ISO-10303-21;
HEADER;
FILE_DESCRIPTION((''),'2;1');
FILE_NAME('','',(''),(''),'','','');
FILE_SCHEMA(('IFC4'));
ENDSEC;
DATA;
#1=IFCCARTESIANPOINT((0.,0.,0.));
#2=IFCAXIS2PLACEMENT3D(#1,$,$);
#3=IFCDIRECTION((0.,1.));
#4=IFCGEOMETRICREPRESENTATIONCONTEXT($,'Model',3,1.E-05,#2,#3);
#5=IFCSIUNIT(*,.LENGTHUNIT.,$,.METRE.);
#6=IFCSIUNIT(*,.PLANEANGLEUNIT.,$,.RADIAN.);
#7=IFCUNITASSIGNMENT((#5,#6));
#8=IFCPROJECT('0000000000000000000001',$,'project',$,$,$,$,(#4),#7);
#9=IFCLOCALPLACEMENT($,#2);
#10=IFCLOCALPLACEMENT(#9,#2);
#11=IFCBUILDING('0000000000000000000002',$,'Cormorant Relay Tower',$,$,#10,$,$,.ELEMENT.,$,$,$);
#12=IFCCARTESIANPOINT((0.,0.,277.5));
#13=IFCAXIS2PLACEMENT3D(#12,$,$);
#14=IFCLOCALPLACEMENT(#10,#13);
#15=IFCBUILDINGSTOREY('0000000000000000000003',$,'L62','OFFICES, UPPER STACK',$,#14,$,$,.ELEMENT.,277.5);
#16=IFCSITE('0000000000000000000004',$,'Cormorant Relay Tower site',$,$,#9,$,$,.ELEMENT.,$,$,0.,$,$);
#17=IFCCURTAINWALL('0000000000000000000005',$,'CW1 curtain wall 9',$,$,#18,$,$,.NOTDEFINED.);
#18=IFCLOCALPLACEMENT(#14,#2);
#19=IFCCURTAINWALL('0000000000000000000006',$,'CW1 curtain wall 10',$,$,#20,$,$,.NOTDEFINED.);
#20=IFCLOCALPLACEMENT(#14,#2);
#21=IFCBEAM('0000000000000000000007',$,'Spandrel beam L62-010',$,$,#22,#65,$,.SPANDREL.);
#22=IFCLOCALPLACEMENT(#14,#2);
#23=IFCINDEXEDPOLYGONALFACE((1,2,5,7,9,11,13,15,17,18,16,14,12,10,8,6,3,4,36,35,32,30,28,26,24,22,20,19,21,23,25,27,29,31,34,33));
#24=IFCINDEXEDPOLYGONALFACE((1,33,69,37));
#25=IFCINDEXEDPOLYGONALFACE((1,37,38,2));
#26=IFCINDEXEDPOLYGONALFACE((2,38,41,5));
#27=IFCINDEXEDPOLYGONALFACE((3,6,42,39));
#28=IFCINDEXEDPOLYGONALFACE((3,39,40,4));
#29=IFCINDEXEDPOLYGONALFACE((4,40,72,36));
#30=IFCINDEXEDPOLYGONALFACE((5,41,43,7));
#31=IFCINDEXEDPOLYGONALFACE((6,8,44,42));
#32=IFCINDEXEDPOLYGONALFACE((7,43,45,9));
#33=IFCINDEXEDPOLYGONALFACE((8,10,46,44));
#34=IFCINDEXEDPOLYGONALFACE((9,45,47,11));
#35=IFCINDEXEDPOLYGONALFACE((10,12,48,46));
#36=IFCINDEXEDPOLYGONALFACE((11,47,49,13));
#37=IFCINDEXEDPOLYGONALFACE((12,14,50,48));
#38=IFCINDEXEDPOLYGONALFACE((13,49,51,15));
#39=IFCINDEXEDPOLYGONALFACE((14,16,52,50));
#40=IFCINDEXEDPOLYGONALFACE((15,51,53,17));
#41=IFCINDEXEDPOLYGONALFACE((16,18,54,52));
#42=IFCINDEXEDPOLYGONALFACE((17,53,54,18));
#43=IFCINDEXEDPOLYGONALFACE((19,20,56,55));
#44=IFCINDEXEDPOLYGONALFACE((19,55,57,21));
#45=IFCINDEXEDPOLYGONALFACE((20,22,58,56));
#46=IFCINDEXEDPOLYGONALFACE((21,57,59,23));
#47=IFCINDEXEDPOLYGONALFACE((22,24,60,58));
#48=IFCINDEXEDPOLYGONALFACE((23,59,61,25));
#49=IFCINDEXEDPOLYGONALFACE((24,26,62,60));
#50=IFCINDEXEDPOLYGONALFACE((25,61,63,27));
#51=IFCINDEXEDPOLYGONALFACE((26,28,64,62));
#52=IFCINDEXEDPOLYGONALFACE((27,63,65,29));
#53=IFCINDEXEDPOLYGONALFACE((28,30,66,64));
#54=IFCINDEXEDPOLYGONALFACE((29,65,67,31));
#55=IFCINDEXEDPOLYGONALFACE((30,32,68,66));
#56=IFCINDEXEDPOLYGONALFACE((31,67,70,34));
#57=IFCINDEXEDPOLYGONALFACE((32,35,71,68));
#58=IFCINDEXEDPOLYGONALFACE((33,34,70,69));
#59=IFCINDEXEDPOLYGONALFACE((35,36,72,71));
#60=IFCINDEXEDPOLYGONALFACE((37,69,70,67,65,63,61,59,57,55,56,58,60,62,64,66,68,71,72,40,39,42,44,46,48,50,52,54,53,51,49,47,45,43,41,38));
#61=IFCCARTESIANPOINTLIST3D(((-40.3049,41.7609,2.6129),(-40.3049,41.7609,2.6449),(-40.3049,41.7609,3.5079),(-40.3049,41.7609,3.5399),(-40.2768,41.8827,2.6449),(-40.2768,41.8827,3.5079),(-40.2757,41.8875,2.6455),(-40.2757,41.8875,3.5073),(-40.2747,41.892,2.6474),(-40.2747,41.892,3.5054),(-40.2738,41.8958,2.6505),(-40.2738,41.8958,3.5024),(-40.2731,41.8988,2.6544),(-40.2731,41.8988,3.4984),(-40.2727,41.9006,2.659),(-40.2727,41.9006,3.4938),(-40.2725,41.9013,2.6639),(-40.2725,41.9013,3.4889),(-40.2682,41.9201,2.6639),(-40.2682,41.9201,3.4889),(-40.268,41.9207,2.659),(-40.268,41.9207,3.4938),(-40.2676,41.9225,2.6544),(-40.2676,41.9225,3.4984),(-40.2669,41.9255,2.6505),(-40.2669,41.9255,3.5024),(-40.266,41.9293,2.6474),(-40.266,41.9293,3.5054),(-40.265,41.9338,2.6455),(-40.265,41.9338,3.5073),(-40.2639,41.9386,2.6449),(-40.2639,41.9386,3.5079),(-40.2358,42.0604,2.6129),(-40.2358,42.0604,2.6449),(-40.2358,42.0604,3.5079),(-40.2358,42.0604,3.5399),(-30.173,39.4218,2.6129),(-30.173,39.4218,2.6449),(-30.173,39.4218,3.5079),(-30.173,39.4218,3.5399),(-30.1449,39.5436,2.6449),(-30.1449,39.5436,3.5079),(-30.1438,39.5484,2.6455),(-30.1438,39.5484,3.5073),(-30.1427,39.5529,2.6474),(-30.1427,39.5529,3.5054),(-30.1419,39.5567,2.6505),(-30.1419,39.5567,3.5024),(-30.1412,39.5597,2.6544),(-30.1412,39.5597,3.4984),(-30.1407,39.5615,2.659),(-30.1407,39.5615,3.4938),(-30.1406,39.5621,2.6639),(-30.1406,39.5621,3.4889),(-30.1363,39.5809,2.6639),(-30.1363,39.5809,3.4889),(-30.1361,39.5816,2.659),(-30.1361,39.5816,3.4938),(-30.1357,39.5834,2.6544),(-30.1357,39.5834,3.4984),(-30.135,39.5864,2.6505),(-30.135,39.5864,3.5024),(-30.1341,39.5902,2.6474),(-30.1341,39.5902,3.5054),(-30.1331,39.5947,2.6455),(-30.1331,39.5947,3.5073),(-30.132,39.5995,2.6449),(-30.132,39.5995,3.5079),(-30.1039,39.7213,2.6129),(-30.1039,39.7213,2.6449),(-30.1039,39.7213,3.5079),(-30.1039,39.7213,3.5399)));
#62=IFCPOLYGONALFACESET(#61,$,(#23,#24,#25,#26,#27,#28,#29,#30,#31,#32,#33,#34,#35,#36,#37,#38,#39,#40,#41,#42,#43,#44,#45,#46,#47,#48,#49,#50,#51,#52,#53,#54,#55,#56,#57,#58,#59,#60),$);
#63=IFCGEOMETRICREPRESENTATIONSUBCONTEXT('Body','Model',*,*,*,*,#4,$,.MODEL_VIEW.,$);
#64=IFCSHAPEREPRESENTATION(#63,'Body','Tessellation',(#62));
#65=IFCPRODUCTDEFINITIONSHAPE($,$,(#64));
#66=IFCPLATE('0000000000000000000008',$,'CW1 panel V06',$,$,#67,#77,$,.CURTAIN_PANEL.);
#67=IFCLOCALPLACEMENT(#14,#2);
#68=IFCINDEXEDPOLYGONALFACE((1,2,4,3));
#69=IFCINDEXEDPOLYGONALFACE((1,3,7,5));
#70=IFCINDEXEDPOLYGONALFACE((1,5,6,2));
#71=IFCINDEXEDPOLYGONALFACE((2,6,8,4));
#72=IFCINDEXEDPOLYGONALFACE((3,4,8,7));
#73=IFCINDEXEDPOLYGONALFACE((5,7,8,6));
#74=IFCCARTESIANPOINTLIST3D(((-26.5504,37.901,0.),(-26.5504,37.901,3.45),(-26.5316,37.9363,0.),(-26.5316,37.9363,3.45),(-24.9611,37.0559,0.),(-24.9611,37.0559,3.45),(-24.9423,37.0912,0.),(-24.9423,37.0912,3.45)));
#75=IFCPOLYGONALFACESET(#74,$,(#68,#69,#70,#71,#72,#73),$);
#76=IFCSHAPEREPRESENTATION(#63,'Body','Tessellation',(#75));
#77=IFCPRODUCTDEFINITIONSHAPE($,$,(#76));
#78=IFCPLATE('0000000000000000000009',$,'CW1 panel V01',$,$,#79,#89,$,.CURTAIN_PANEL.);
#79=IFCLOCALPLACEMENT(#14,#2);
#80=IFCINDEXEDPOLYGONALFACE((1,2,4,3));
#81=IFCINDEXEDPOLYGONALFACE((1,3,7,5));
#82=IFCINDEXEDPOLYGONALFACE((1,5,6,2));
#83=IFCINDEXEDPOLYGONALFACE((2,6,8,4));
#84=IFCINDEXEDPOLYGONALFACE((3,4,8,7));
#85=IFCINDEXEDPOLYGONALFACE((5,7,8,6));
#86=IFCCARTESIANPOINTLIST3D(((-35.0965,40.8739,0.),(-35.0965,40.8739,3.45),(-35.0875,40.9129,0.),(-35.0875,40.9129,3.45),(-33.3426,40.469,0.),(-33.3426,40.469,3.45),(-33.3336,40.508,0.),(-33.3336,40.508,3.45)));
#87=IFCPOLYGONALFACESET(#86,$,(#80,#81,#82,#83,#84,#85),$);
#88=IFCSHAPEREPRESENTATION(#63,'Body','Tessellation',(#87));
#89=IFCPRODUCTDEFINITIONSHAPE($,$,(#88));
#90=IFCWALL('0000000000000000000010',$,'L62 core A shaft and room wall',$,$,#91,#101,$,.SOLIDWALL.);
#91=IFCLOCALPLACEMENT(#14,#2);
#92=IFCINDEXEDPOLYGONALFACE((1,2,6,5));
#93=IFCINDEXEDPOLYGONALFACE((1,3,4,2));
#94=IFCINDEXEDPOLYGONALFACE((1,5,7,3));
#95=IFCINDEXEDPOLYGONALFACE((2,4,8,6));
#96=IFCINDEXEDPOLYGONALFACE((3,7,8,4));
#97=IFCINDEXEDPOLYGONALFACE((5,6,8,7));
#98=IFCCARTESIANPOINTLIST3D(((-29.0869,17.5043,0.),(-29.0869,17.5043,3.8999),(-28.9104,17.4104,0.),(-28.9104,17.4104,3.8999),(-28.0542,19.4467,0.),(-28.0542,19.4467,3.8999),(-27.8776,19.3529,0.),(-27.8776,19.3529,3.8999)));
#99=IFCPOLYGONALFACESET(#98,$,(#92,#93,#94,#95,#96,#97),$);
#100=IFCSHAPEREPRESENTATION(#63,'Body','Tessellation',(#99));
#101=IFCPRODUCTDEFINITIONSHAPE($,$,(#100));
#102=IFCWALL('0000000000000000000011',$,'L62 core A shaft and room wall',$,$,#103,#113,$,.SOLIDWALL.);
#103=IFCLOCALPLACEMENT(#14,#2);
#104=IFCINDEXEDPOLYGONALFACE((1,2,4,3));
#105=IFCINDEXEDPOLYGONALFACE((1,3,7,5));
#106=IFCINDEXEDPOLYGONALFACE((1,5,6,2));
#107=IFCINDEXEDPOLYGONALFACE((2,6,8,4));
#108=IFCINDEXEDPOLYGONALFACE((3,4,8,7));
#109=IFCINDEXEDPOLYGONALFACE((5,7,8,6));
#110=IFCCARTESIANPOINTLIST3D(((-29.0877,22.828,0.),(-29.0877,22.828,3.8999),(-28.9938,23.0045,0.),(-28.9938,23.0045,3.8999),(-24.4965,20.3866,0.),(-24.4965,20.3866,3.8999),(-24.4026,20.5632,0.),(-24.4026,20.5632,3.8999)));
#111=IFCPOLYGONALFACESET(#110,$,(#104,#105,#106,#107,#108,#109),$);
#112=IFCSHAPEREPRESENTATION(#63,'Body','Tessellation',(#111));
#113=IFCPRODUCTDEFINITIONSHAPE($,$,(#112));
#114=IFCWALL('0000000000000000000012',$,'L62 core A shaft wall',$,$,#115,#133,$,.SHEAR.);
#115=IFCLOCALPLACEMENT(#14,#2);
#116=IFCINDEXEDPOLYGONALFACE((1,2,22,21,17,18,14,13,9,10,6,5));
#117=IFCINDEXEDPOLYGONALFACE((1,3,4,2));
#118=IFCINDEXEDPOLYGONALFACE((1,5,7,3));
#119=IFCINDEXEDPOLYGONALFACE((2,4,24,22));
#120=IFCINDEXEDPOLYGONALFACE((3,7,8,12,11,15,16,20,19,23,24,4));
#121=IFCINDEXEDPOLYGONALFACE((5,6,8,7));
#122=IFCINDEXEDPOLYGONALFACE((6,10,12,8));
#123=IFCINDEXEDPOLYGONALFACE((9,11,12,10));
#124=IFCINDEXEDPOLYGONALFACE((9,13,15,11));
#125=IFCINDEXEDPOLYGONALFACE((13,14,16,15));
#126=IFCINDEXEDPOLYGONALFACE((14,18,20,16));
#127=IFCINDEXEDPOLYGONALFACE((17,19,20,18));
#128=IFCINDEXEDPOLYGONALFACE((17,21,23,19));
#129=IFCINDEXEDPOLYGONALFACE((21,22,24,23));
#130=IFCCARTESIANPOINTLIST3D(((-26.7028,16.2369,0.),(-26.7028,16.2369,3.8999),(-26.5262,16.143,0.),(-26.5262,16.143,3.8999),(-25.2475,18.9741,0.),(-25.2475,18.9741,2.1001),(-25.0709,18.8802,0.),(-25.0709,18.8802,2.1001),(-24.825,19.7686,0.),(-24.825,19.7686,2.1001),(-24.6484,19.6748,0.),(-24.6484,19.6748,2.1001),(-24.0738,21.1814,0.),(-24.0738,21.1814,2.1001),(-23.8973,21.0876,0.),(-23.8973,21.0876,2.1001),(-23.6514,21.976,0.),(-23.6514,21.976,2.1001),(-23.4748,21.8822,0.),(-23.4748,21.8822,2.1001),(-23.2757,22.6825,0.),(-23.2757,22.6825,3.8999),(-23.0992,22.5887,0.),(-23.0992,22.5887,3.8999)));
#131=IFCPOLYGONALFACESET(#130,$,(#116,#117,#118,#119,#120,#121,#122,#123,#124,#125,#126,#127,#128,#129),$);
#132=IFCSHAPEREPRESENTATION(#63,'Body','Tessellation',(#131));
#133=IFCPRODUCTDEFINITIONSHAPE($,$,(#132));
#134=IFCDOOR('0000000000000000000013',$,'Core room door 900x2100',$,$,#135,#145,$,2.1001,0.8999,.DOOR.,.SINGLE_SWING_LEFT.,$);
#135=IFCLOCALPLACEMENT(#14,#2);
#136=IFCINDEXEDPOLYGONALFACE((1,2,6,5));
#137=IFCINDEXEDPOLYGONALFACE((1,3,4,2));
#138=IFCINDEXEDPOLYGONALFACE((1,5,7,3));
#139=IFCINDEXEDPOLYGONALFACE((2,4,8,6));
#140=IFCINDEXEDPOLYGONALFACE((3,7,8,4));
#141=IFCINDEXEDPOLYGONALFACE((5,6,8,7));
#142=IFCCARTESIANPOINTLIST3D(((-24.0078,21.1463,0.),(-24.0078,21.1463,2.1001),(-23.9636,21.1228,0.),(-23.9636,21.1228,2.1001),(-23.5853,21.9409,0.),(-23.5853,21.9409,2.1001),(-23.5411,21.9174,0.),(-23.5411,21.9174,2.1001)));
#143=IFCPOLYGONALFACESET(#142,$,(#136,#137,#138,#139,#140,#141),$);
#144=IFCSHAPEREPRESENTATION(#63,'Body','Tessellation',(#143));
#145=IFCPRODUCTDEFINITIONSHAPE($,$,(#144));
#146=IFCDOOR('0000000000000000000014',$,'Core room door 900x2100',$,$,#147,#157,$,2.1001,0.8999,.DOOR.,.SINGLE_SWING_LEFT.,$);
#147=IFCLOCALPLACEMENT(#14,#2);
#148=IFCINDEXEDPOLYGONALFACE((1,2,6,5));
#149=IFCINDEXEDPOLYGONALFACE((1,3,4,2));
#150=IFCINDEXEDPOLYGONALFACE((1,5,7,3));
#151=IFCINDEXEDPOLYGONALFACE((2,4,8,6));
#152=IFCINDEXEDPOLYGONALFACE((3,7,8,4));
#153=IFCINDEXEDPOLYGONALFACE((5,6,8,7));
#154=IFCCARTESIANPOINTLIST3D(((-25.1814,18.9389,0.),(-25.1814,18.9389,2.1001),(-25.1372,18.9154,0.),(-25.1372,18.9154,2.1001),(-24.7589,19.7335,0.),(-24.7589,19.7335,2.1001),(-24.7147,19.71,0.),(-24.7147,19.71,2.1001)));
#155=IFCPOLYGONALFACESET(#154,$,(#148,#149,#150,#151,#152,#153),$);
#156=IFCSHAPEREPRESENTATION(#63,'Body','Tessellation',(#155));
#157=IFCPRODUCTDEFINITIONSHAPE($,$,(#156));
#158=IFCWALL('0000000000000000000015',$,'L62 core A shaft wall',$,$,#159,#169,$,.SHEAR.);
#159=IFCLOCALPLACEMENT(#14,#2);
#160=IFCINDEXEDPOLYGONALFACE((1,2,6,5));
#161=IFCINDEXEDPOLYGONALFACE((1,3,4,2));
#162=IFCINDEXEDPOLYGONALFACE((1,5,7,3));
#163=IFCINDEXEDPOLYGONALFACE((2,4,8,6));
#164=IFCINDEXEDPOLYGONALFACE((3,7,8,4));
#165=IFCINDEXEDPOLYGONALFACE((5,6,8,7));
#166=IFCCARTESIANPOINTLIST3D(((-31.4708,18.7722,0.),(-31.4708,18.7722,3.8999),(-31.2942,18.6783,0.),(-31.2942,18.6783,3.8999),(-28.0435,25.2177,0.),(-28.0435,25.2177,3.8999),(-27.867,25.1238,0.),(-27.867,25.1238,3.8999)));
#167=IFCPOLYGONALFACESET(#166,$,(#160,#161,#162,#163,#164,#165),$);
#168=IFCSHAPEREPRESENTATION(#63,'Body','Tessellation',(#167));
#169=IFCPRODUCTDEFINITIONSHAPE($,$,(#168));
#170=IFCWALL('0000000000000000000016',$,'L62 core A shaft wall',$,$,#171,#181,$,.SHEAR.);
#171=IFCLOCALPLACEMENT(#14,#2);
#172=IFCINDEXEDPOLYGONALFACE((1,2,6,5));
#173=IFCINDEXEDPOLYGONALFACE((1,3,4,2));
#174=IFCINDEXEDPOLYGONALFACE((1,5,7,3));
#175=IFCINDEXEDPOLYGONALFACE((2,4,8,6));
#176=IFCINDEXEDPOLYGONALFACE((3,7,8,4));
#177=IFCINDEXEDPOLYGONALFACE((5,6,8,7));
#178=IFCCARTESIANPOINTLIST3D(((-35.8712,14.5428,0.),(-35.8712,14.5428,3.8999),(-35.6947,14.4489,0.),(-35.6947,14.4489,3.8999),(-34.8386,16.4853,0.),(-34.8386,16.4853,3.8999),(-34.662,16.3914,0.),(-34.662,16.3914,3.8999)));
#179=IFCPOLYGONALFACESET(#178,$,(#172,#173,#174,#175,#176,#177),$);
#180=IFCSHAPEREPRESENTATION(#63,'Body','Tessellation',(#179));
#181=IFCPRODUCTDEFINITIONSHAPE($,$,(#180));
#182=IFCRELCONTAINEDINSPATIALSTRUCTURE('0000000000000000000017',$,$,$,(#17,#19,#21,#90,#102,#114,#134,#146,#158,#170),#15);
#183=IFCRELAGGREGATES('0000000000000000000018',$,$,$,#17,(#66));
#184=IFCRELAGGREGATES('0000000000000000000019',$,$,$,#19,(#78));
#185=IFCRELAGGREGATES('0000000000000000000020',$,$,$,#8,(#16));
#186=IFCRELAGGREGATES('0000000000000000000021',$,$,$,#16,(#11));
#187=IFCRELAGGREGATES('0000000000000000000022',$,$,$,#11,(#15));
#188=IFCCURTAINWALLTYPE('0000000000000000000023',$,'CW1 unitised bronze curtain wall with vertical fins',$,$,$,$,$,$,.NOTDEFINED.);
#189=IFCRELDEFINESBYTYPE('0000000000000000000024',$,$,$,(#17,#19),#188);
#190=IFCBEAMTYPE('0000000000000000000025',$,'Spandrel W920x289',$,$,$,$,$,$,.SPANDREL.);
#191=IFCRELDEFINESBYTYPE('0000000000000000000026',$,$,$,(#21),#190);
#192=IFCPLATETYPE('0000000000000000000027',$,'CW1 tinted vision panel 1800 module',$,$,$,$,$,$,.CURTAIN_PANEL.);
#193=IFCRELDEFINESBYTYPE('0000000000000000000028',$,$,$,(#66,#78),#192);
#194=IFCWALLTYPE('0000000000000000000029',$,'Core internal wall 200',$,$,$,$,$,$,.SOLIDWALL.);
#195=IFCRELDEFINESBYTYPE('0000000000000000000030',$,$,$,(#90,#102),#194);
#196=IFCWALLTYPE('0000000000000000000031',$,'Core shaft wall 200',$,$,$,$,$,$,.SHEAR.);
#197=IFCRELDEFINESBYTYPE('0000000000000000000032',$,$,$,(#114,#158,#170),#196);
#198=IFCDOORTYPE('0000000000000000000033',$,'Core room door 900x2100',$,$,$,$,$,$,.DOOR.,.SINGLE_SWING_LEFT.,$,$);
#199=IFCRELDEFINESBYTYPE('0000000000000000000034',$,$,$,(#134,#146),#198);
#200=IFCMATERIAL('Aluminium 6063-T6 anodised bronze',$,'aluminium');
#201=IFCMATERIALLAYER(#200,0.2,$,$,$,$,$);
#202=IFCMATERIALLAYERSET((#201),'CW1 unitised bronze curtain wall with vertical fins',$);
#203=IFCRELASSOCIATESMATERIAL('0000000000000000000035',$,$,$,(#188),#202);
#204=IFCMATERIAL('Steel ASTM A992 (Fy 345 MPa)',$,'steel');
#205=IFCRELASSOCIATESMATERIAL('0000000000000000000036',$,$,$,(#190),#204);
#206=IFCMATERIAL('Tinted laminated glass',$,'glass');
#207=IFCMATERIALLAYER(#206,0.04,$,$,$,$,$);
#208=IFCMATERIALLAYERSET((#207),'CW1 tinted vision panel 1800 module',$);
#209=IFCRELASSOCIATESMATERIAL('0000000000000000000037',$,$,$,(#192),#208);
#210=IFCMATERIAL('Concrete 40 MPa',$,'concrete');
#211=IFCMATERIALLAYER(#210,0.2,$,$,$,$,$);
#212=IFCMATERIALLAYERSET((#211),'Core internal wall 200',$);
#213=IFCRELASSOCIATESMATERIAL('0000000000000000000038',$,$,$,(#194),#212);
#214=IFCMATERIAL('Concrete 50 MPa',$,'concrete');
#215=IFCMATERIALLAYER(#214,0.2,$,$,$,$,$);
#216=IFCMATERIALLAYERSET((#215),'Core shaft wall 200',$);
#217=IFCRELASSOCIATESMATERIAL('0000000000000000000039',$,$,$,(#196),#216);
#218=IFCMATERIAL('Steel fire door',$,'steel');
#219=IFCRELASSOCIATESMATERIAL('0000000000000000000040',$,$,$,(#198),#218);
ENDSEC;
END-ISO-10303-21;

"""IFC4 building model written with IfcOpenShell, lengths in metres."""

from ifc_helpers import new_model, si_unit, direction, frame, frame_2d, origin, origin_2d, place, context, subcontext, project, spatial, rectangle, i_section, extrude, material, layer, layer_set, material_profile, profile_set, type_object, element, fill, aggregate, save


model = new_model("IFC4")

# Units and contexts
model_context = context("Model", 3, precision=1e-05, world=origin(), true_north=direction((0.0, 1.0)))
body_context = subcontext(model_context, "Body", "Model", "MODEL_VIEW")
ifc_project = project(units=[si_unit("LENGTHUNIT", "METRE"), si_unit("PLANEANGLEUNIT", "RADIAN")], contexts=[model_context])

# Site, building, storey
site_placement = place(None, origin())
site = spatial("IfcSite", under=ifc_project, at=site_placement, Name="Cormorant Relay Tower site", CompositionType="ELEMENT", RefElevation=0.0)
building_placement = place(site_placement, origin())
building = spatial("IfcBuilding", under=site, at=building_placement, Name="Cormorant Relay Tower", CompositionType="ELEMENT")
storey_placement = place(building_placement, frame((0.0, 0.0, 277.5)))
storey = spatial("IfcBuildingStorey", under=building, at=storey_placement, Name="L62", Description="OFFICES, UPPER STACK", CompositionType="ELEMENT", Elevation=277.5)

# Curtain wall
ifc_material_1 = material(Name="Aluminium 6063-T6 anodised bronze", Category="aluminium")
ifc_layer_1 = layer(ifc_material_1, 0.2)
ifc_layer_set_1 = layer_set([ifc_layer_1], Name="CW1 unitised bronze curtain wall with vertical fins")
curtain_wall_type = type_object("IfcCurtainWallType", Name="CW1 unitised bronze curtain wall with vertical fins", PredefinedType="NOTDEFINED", material=ifc_layer_set_1)
curtain_wall_1_placement = place(storey_placement, origin())
curtain_wall_1 = element("IfcCurtainWall", 1, at=curtain_wall_1_placement, inside=storey, type_object=curtain_wall_type, Name="CW1 curtain wall 9", PredefinedType="NOTDEFINED")

# Curtain wall
curtain_wall_2_placement = place(storey_placement, origin())
curtain_wall_2 = element("IfcCurtainWall", 2, at=curtain_wall_2_placement, inside=storey, type_object=curtain_wall_type, Name="CW1 curtain wall 10", PredefinedType="NOTDEFINED")

# Beam
ifc_material_2 = material(Name="Steel ASTM A992 (Fy 345 MPa)", Category="steel")
ifc_material_profile_1 = material_profile(ifc_material_2, i_section(OverallWidth=0.3074, OverallDepth=0.927, WebThickness=0.0193, FlangeThickness=0.032, FilletRadius=0.019, at=origin_2d()), Name="W920x289")
ifc_profile_set_1 = profile_set([ifc_material_profile_1], Name="Steel ASTM A992 (Fy 345 MPa)")
beam_type = type_object("IfcBeamType", Name="Spandrel W920x289", PredefinedType="SPANDREL", material=ifc_profile_set_1)
beam_placement = place(storey_placement, frame((-30.1384, 39.5715, 3.0764), z_axis=(-0.97437, 0.22495, 0.0), x_axis=(-0.22495, -0.97437, 0.0)))
element("IfcBeam", 3, at=beam_placement, inside=storey, type_object=beam_type, Name="Spandrel beam L62-010", PredefinedType="SPANDREL", context=body_context, shape_type="SweptSolid", body=[
    extrude(i_section(OverallWidth=0.3074, OverallDepth=0.927, WebThickness=0.0193, FlangeThickness=0.032, FilletRadius=0.019, at=origin_2d()), origin(), (0.0, 0.0, 1.0), 10.3984),
])

# Plates
ifc_material_3 = material(Name="Tinted laminated glass", Category="glass")
ifc_layer_2 = layer(ifc_material_3, 0.04)
ifc_layer_set_2 = layer_set([ifc_layer_2], Name="CW1 tinted vision panel 1800 module")
plate_type = type_object("IfcPlateType", Name="CW1 tinted vision panel 1800 module", PredefinedType="CURTAIN_PANEL", material=ifc_layer_set_2)
plate_1_placement = place(storey_placement, frame((-25.7463, 37.4961, 0.0), z_axis=(0.0, 0.0, 1.0), x_axis=(-0.882948, 0.469472, 0.0)))
plate_1 = element("IfcPlate", 4, at=plate_1_placement, type_object=plate_type, Name="CW1 panel V06", PredefinedType="CURTAIN_PANEL", context=body_context, shape_type="SweptSolid", body=[
    extrude(rectangle(XDim=1.8, YDim=0.04, at=origin_2d()), origin(), (0.0, 0.0, 1.0), 3.45),
])
plate_2_placement = place(storey_placement, frame((-34.2151, 40.6909, 0.0), z_axis=(0.0, 0.0, 1.0), x_axis=(-0.97437, 0.224951, 0.0)))
plate_2 = element("IfcPlate", 5, at=plate_2_placement, type_object=plate_type, Name="CW1 panel V01", PredefinedType="CURTAIN_PANEL", context=body_context, shape_type="SweptSolid", body=[
    extrude(rectangle(XDim=1.8, YDim=0.04, at=origin_2d()), origin(), (0.0, 0.0, 1.0), 3.45),
])

# Walls
ifc_material_4 = material(Name="Concrete 40 MPa", Category="concrete")
ifc_layer_3 = layer(ifc_material_4, 0.2)
ifc_layer_set_3 = layer_set([ifc_layer_3], Name="Core internal wall 200")
wall_type_1 = type_object("IfcWallType", Name="Core internal wall 200", PredefinedType="SOLIDWALL", material=ifc_layer_set_3)
wall_1_placement = place(storey_placement, frame((-27.9658, 19.3999, 0.0), z_axis=(0.0, 0.0, 1.0), x_axis=(-0.469447, -0.88296, 0.0)))
element("IfcWall", 6, at=wall_1_placement, inside=storey, type_object=wall_type_1, Name="L62 core A shaft and room wall", PredefinedType="SOLIDWALL", context=body_context, shape_type="SweptSolid", body=[
    extrude(rectangle(XDim=2.2, YDim=0.2, at=frame_2d((1.1001, 0.0))), origin(), (0.0, 0.0, 1.0), 3.8999),
])
wall_2_placement = place(storey_placement, frame((-24.4495, 20.4749, 0.0), z_axis=(0.0, 0.0, 1.0), x_axis=(-0.882935, 0.469496, 0.0)))
element("IfcWall", 7, at=wall_2_placement, inside=storey, type_object=wall_type_1, Name="L62 core A shaft and room wall", PredefinedType="SOLIDWALL", context=body_context, shape_type="SweptSolid", body=[
    extrude(rectangle(XDim=5.2, YDim=0.2, at=frame_2d((2.6001, 0.0))), origin(), (0.0, 0.0, 1.0), 3.8999),
])

# Wall, openings, doors
ifc_material_5 = material(Name="Concrete 50 MPa", Category="concrete")
ifc_layer_4 = layer(ifc_material_5, 0.2)
ifc_layer_set_4 = layer_set([ifc_layer_4], Name="Core shaft wall 200")
wall_type_2 = type_object("IfcWallType", Name="Core shaft wall 200", PredefinedType="SHEAR", material=ifc_layer_set_4)
wall_3_placement = place(storey_placement, frame((-23.1875, 22.6355, 0.0), z_axis=(0.0, 0.0, 1.0), x_axis=(-0.469454, -0.882957, 0.0)))
wall_3 = element("IfcWall", 8, at=wall_3_placement, inside=storey, type_object=wall_type_2, Name="L62 core A shaft wall", PredefinedType="SHEAR", context=body_context, shape_type="SweptSolid", body=[
    extrude(rectangle(XDim=7.3, YDim=0.2, at=frame_2d((3.6499, 0.0))), origin(), (0.0, 0.0, 1.0), 3.8999),
])
opening_1_placement = place(wall_3_placement, frame((0.8, 0.0, 0.0)))
opening_1 = element("IfcOpeningElement", 9, at=opening_1_placement, cuts=wall_3, PredefinedType="OPENING", context=body_context, shape_type="SweptSolid", body=[
    extrude(rectangle(XDim=0.8999, YDim=2.1001, at=frame_2d((0.45, 1.05))), frame((0.0, 0.1099, 0.0), z_axis=(0.0, -1.0, 0.0), x_axis=(1.0, 0.0, 0.0)), (0.0, 0.0, 1.0), 0.22),
])
opening_2_placement = place(wall_3_placement, frame((3.3, 0.0, 0.0)))
opening_2 = element("IfcOpeningElement", 10, at=opening_2_placement, cuts=wall_3, PredefinedType="OPENING", context=body_context, shape_type="SweptSolid", body=[
    extrude(rectangle(XDim=0.8999, YDim=2.1001, at=frame_2d((0.45, 1.05))), frame((0.0, 0.1099, 0.0), z_axis=(0.0, -1.0, 0.0), x_axis=(1.0, 0.0, 0.0)), (0.0, 0.0, 1.0), 0.22),
])
ifc_material_6 = material(Name="Steel fire door", Category="steel")
door_type_1 = type_object("IfcDoorType", Name="Core room door 900x2100", OperationType="SINGLE_SWING_LEFT", PredefinedType="DOOR", material=ifc_material_6)
door_1_placement = place(opening_1_placement, origin())
door_1 = element("IfcDoor", 11, at=door_1_placement, inside=storey, type_object=door_type_1, Name="Core room door 900x2100", OperationType="SINGLE_SWING_LEFT", OverallHeight=2.1001, OverallWidth=0.8999, PredefinedType="DOOR", context=body_context, shape_type="SweptSolid", body=[
    extrude(rectangle(XDim=0.8999, YDim=2.1001, at=frame_2d((0.45, 1.05))), frame((0.0, 0.0249, 0.0), z_axis=(0.0, -1.0, 0.0), x_axis=(1.0, 0.0, 0.0)), (0.0, 0.0, 1.0), 0.05),
])
fill(opening_1, door_1)
door_2_placement = place(opening_2_placement, origin())
door_2 = element("IfcDoor", 12, at=door_2_placement, inside=storey, type_object=door_type_1, Name="Core room door 900x2100", OperationType="SINGLE_SWING_LEFT", OverallHeight=2.1001, OverallWidth=0.8999, PredefinedType="DOOR", context=body_context, shape_type="SweptSolid", body=[
    extrude(rectangle(XDim=0.8999, YDim=2.1001, at=frame_2d((0.45, 1.05))), frame((0.0, 0.0249, 0.0), z_axis=(0.0, -1.0, 0.0), x_axis=(1.0, 0.0, 0.0)), (0.0, 0.0, 1.0), 0.05),
])
fill(opening_2, door_2)

# Walls
wall_4_placement = place(storey_placement, frame((-27.9553, 25.1707, 0.0), z_axis=(0.0, 0.0, 1.0), x_axis=(-0.46948, -0.882943, 0.0)))
element("IfcWall", 13, at=wall_4_placement, inside=storey, type_object=wall_type_2, Name="L62 core A shaft wall", PredefinedType="SHEAR", context=body_context, shape_type="SweptSolid", body=[
    extrude(rectangle(XDim=7.3, YDim=0.2, at=frame_2d((3.6499, 0.0))), origin(), (0.0, 0.0, 1.0), 3.8999),
])
wall_5_placement = place(storey_placement, frame((-34.7502, 16.4385, 0.0), z_axis=(0.0, 0.0, 1.0), x_axis=(-0.469401, -0.882985, 0.0)))
element("IfcWall", 14, at=wall_5_placement, inside=storey, type_object=wall_type_2, Name="L62 core A shaft wall", PredefinedType="SHEAR", context=body_context, shape_type="SweptSolid", body=[
    extrude(rectangle(XDim=2.2, YDim=0.2, at=frame_2d((1.1001, 0.0))), origin(), (0.0, 0.0, 1.0), 3.8999),
])

aggregate(curtain_wall_1, [plate_1])
aggregate(curtain_wall_2, [plate_2])

save(model, "model.ifc")
